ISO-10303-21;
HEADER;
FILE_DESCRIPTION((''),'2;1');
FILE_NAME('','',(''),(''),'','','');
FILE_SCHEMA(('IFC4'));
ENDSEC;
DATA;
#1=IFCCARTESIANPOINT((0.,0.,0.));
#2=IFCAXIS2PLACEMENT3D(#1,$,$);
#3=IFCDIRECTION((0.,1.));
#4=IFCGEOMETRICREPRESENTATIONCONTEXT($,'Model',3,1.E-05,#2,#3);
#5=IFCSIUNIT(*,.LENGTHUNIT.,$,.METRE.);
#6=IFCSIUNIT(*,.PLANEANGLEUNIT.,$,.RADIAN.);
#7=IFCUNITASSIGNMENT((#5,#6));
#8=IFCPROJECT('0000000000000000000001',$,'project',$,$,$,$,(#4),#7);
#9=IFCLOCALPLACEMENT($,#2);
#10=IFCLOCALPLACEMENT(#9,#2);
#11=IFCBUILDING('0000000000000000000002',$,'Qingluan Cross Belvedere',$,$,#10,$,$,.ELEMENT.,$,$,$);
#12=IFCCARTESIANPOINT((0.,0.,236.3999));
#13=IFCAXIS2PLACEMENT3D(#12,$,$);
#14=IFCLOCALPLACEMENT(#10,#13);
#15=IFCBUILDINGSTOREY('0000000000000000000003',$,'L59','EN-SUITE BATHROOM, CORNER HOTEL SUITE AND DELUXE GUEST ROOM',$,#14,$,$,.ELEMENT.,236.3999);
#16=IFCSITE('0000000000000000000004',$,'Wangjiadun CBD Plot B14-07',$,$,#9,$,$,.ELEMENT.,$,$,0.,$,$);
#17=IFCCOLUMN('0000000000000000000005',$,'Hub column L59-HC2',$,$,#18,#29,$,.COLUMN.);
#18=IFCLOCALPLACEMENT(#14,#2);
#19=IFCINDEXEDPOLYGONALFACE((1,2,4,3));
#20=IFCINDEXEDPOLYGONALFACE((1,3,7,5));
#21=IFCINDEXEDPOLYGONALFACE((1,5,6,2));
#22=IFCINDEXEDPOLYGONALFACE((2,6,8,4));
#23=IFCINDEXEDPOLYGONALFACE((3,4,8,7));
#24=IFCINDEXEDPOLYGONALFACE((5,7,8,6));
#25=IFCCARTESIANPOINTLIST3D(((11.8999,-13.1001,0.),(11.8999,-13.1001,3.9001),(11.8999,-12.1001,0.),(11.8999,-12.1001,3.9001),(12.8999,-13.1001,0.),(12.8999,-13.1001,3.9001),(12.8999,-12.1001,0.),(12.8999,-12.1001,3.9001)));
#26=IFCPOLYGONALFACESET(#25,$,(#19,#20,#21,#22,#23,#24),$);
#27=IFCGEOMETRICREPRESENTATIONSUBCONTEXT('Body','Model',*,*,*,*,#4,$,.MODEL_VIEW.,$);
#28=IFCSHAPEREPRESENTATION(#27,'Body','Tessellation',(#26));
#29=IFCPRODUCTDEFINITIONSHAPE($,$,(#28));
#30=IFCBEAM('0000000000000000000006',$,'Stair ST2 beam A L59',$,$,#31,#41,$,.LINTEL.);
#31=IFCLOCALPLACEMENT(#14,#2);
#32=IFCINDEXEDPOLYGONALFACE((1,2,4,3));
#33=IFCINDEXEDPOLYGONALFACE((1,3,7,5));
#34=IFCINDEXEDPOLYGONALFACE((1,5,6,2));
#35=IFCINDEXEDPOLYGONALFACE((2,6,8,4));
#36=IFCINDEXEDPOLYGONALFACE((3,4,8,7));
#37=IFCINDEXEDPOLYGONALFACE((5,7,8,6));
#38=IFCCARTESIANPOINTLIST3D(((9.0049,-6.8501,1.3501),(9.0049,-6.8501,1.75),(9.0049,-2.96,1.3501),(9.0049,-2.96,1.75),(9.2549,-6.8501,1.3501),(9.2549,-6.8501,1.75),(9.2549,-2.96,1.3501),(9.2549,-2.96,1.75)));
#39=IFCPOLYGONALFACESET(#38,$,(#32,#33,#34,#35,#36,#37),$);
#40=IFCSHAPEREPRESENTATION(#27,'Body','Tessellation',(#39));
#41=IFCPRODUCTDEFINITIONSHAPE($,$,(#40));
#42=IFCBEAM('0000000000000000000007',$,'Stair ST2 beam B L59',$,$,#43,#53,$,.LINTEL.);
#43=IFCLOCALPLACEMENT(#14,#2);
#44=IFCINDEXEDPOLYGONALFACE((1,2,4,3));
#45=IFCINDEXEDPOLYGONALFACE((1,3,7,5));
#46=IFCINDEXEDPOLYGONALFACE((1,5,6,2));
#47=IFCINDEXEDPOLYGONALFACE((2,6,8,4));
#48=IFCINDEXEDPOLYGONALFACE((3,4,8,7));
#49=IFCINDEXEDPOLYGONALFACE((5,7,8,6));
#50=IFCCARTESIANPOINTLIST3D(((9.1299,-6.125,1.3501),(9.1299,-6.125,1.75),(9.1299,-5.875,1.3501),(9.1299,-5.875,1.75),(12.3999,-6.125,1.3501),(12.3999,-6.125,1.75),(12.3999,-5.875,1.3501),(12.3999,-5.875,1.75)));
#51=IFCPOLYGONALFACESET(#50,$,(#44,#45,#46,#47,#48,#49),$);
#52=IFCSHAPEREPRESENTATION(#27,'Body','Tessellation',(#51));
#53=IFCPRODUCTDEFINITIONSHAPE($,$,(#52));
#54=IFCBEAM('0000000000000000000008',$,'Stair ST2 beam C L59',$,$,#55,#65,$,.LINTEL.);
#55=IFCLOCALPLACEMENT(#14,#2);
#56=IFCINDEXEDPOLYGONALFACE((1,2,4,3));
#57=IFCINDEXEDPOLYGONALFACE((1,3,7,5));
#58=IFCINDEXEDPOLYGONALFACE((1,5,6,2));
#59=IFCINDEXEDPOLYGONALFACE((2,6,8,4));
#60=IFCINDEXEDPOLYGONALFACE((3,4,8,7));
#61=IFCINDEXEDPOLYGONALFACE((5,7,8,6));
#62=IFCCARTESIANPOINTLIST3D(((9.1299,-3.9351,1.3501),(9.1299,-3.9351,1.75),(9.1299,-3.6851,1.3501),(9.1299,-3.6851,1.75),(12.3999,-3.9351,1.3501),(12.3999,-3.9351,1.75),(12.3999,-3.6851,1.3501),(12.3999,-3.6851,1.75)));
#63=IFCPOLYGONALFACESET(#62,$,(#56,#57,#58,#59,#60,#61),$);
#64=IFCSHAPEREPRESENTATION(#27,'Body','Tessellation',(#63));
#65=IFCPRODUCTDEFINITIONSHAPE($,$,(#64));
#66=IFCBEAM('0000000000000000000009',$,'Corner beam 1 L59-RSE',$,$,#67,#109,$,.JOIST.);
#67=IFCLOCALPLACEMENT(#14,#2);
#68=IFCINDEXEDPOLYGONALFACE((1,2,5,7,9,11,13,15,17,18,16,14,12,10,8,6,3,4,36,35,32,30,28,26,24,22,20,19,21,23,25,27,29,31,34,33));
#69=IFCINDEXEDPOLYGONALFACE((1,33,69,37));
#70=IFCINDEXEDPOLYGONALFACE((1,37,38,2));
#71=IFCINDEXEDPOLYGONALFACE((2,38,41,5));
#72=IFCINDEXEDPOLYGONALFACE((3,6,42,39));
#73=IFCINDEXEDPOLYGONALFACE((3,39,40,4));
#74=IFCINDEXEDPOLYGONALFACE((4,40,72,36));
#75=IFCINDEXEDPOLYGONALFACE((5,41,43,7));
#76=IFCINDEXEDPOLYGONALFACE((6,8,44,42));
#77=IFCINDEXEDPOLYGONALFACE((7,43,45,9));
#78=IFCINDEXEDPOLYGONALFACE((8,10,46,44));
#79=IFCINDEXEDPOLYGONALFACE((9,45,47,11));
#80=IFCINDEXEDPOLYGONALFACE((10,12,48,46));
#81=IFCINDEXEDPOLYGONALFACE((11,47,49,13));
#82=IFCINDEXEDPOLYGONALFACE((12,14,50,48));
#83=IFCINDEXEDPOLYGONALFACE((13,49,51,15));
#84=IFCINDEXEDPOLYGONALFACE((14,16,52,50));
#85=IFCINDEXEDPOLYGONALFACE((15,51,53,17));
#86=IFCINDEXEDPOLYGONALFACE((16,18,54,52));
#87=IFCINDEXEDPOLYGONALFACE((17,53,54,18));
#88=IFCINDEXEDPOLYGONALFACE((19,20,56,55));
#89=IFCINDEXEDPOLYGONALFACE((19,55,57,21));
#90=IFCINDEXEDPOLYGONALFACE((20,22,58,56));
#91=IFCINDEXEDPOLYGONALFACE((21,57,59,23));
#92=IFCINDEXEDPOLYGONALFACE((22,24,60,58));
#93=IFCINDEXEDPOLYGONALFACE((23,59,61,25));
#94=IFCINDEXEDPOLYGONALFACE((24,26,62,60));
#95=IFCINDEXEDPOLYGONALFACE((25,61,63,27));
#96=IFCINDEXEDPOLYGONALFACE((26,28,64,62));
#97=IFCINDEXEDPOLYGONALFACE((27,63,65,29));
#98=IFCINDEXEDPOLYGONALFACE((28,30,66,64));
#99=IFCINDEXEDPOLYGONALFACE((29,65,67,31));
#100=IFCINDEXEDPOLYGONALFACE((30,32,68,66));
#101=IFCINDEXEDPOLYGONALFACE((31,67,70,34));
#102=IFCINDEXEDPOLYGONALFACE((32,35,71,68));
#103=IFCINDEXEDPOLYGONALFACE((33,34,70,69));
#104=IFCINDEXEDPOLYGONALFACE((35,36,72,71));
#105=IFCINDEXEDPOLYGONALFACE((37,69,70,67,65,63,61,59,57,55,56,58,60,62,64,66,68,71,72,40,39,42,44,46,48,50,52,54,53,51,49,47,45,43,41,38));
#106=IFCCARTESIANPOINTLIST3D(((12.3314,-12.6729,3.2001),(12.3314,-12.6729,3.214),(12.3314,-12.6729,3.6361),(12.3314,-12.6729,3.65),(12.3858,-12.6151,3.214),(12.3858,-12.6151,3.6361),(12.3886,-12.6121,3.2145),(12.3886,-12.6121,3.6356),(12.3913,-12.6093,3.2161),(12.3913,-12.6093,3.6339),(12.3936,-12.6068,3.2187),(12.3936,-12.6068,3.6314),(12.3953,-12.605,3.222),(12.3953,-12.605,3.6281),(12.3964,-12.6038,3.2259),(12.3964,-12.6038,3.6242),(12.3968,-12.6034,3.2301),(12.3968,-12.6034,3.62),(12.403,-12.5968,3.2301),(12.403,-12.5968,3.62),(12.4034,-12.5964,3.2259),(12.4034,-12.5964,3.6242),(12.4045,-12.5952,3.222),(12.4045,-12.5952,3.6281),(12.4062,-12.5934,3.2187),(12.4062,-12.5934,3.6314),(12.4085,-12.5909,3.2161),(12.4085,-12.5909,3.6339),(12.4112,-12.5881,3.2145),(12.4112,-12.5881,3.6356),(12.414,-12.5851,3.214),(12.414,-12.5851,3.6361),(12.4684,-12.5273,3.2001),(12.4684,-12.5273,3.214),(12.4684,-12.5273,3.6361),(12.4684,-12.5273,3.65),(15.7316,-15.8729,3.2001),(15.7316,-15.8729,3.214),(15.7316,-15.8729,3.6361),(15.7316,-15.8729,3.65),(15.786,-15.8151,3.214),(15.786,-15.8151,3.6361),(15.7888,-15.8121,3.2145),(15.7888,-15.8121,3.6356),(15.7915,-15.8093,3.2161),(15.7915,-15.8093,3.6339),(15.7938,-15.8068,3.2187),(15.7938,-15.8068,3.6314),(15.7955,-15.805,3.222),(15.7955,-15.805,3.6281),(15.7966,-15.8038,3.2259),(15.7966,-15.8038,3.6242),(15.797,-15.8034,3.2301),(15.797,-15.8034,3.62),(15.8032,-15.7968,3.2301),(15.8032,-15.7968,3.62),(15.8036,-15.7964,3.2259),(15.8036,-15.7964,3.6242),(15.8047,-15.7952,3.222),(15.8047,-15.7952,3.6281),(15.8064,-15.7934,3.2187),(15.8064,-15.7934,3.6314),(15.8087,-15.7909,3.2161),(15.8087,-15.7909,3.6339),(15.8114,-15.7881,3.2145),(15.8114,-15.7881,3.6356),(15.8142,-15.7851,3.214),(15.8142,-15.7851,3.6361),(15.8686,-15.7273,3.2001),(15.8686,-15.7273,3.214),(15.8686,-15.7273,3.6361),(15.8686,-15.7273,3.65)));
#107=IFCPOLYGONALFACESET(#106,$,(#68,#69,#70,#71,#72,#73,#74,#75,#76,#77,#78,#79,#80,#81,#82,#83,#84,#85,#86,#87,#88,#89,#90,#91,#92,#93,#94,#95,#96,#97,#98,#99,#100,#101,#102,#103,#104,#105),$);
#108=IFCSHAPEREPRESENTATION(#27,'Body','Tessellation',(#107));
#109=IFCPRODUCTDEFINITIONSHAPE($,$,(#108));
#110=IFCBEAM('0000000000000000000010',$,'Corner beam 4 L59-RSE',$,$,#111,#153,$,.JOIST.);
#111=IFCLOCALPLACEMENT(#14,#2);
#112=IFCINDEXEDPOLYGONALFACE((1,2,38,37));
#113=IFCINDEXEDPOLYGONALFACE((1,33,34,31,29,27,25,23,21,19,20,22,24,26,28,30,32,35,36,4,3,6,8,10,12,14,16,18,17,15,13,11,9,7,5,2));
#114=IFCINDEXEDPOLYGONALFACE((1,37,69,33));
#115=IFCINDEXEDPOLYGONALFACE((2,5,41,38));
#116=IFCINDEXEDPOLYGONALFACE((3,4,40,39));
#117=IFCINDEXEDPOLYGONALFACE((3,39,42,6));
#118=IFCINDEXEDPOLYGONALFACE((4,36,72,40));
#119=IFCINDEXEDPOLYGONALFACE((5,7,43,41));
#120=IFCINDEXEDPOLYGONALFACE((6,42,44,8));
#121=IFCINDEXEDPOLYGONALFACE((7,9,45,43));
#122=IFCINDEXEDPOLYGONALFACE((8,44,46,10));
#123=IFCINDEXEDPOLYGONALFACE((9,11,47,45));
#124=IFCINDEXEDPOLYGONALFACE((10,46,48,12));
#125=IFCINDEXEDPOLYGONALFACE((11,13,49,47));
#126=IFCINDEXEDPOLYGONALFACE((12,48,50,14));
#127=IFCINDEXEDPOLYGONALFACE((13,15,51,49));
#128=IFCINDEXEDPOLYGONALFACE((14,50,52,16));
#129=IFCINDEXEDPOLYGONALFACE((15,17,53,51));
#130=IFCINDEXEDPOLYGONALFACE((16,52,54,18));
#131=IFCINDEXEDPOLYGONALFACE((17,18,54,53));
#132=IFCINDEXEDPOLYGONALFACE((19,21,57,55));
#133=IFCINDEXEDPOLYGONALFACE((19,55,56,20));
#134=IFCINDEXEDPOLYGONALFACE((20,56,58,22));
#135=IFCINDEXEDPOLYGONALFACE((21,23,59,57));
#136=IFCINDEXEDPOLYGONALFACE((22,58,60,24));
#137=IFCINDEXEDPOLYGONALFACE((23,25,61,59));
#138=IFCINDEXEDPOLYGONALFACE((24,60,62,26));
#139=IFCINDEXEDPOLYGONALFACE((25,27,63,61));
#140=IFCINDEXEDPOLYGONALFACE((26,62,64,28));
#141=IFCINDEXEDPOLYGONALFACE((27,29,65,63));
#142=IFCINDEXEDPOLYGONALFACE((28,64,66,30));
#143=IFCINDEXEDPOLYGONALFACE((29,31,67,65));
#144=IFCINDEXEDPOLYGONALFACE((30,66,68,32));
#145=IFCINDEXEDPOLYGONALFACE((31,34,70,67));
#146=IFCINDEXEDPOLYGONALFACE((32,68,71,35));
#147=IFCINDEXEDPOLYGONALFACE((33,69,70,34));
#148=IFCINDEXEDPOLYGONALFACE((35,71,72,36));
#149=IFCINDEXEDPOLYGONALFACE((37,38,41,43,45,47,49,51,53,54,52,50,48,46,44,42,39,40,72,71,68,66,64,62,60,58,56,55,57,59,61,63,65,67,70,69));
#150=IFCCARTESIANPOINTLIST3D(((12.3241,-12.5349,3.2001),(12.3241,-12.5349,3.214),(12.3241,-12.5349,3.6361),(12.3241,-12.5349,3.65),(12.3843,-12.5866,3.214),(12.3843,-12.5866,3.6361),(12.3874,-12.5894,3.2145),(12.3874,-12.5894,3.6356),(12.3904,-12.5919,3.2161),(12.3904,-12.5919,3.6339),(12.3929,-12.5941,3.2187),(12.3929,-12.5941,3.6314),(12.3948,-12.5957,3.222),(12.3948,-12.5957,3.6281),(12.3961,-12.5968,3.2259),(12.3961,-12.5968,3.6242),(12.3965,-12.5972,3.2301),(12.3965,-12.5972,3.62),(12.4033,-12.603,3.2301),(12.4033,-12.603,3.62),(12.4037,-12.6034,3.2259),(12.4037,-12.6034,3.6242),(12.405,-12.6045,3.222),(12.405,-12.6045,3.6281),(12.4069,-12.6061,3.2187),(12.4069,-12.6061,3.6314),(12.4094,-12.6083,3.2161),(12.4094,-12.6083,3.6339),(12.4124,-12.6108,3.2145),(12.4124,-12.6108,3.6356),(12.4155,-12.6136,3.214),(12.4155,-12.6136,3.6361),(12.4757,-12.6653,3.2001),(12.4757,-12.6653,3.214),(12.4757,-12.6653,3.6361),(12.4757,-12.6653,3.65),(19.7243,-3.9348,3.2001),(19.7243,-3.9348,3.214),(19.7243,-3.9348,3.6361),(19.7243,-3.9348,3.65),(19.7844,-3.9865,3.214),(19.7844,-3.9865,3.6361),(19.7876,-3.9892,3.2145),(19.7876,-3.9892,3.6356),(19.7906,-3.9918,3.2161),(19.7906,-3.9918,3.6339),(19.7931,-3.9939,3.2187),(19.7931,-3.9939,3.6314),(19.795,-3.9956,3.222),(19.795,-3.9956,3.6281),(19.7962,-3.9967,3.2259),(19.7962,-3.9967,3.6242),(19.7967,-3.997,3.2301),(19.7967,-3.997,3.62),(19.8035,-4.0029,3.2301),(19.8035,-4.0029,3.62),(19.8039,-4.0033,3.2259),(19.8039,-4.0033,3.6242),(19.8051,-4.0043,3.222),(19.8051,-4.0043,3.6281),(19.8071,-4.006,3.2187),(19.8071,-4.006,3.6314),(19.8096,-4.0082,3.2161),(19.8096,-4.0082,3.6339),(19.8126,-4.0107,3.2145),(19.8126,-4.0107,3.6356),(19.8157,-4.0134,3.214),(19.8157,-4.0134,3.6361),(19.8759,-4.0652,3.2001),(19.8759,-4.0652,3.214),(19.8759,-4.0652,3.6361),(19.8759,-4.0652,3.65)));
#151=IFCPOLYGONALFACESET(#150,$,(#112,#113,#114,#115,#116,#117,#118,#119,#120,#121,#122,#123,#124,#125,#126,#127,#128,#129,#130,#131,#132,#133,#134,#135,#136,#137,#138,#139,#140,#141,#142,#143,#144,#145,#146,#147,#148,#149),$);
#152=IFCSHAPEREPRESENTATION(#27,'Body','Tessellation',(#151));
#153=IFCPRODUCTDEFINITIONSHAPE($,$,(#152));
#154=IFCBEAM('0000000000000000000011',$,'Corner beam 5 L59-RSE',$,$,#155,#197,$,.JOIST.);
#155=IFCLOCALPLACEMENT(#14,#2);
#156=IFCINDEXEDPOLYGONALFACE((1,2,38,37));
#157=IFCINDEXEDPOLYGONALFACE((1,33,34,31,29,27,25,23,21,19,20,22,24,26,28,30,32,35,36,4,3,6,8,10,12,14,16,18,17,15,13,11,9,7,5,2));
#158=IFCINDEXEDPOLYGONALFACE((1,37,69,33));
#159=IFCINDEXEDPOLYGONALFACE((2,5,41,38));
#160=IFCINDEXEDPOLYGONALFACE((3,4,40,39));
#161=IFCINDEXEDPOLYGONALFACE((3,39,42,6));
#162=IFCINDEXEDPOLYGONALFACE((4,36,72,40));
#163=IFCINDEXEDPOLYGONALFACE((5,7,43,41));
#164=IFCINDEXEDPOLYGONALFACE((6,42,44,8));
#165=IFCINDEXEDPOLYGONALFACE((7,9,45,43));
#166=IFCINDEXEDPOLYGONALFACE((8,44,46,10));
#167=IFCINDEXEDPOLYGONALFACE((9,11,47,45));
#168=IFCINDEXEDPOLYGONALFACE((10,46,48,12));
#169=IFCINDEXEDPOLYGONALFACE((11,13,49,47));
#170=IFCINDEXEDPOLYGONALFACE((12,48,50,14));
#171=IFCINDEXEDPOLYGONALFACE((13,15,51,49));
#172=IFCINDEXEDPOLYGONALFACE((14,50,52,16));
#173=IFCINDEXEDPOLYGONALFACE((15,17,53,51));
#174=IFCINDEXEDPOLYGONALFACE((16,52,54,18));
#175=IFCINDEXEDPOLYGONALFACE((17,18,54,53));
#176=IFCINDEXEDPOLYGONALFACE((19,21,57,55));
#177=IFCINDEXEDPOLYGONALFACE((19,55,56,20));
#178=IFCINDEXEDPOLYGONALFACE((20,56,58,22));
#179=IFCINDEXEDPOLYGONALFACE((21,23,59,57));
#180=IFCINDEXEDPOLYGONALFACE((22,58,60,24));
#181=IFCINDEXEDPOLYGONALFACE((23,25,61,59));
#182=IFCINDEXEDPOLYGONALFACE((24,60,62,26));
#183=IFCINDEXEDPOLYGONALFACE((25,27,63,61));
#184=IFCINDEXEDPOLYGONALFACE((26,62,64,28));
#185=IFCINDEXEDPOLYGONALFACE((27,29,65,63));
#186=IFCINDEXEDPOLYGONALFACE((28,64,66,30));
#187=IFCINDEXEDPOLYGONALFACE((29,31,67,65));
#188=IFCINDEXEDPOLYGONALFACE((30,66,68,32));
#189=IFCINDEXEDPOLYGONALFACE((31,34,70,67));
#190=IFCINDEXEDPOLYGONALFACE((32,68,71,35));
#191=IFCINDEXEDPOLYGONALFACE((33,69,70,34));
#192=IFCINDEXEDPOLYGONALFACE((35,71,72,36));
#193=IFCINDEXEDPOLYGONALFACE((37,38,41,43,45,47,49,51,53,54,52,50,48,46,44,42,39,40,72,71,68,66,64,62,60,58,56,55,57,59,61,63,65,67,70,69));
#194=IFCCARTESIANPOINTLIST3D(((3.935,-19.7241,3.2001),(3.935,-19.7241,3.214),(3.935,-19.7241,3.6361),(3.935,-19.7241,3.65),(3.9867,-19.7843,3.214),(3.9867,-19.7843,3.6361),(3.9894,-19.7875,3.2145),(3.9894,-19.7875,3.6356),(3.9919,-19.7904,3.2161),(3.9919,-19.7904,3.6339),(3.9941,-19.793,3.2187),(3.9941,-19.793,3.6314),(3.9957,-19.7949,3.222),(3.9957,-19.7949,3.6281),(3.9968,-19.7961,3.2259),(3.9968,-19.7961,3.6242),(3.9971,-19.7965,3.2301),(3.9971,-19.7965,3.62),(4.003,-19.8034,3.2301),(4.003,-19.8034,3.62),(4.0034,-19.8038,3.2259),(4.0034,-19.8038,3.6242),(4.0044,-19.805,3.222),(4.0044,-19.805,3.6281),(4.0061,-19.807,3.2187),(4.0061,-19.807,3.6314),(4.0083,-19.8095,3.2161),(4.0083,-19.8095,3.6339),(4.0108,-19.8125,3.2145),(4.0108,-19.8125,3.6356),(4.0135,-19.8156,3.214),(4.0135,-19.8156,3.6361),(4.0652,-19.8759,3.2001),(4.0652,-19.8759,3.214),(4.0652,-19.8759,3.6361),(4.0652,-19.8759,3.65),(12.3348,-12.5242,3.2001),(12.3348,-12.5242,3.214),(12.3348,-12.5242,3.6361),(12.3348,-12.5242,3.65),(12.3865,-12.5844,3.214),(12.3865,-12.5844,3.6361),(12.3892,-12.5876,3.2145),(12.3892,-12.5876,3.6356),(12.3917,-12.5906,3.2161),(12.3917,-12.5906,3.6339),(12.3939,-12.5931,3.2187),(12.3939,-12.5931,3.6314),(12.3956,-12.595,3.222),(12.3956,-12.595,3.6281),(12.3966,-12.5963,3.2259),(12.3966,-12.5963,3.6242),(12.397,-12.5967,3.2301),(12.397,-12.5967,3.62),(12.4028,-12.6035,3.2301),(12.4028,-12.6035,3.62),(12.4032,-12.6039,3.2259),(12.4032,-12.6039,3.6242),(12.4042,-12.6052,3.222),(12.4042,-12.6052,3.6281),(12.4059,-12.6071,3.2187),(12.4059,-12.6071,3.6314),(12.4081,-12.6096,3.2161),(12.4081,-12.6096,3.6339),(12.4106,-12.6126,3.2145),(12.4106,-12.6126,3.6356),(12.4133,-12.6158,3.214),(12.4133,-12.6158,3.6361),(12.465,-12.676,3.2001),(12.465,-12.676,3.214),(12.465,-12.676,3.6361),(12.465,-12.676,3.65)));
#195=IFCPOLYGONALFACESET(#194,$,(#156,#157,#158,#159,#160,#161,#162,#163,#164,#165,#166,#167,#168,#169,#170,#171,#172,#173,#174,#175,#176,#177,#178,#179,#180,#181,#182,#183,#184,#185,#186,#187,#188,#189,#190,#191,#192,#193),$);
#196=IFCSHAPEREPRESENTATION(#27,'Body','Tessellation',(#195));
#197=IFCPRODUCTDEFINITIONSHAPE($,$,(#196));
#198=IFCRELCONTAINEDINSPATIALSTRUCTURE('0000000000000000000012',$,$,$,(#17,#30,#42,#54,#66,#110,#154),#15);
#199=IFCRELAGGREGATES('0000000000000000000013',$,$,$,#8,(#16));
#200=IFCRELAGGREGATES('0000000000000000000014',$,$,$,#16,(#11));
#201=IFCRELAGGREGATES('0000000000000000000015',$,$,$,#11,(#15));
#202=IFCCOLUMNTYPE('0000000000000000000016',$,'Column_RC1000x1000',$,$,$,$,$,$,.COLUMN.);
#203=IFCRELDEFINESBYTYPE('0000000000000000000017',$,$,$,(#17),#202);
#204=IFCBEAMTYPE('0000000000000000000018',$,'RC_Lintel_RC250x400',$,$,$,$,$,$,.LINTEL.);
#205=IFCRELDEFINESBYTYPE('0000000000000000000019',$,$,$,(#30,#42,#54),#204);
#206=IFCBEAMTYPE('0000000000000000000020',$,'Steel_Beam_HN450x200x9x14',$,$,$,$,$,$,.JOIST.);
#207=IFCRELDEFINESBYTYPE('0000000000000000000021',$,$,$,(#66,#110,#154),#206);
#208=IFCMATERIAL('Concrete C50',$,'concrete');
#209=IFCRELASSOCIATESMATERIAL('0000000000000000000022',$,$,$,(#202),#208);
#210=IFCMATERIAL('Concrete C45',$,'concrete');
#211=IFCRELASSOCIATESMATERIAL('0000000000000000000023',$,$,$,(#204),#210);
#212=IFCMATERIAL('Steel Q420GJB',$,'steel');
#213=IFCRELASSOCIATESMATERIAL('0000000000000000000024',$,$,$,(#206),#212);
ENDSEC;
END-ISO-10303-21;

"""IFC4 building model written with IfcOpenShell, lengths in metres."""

from ifc_helpers import new_model, si_unit, direction, frame, origin, origin_2d, place, context, subcontext, project, spatial, rectangle, i_section, extrude, material, material_profile, profile_set, type_object, element, save


model = new_model("IFC4")

# Units and contexts
model_context = context("Model", 3, precision=1e-05, world=origin(), true_north=direction((0.0, 1.0)))
body_context = subcontext(model_context, "Body", "Model", "MODEL_VIEW")
ifc_project = project(units=[si_unit("LENGTHUNIT", "METRE"), si_unit("PLANEANGLEUNIT", "RADIAN")], contexts=[model_context])

# Site, building, storey
site_placement = place(None, origin())
site = spatial("IfcSite", under=ifc_project, at=site_placement, Name="Wangjiadun CBD Plot B14-07", CompositionType="ELEMENT", RefElevation=0.0)
building_placement = place(site_placement, origin())
building = spatial("IfcBuilding", under=site, at=building_placement, Name="Qingluan Cross Belvedere", CompositionType="ELEMENT")
storey_placement = place(building_placement, frame((0.0, 0.0, 236.3999)))
storey = spatial("IfcBuildingStorey", under=building, at=storey_placement, Name="L59", Description="EN-SUITE BATHROOM, CORNER HOTEL SUITE AND DELUXE GUEST ROOM", CompositionType="ELEMENT", Elevation=236.3999)

# Column
ifc_material_1 = material(Name="Concrete C50", Category="concrete")
ifc_material_profile_1 = material_profile(ifc_material_1, rectangle(XDim=1.0, YDim=1.0, at=origin_2d()), Name="RC1000x1000")
ifc_profile_set_1 = profile_set([ifc_material_profile_1], Name="Concrete C50")
column_type = type_object("IfcColumnType", Name="Column_RC1000x1000", PredefinedType="COLUMN", material=ifc_profile_set_1)
column_placement = place(storey_placement, frame((12.3999, -12.6001, 0.0), z_axis=(0.0, 0.0, 1.0), x_axis=(1.0, 0.0, 0.0)))
element("IfcColumn", 1, at=column_placement, inside=storey, type_object=column_type, Name="Hub column L59-HC2", PredefinedType="COLUMN", context=body_context, shape_type="SweptSolid", body=[
    extrude(rectangle(XDim=1.0, YDim=1.0, at=origin_2d()), origin(), (0.0, 0.0, 1.0), 3.9001),
])

# Beams
ifc_material_2 = material(Name="Concrete C45", Category="concrete")
ifc_material_profile_2 = material_profile(ifc_material_2, rectangle(XDim=0.25, YDim=0.3999, at=origin_2d()), Name="RC250x400")
ifc_profile_set_2 = profile_set([ifc_material_profile_2], Name="Concrete C45")
beam_type_1 = type_object("IfcBeamType", Name="RC_Lintel_RC250x400", PredefinedType="LINTEL", material=ifc_profile_set_2)
beam_1_placement = place(storey_placement, frame((9.1299, -6.8501, 1.55), z_axis=(0.0, 1.0, 0.0), x_axis=(-1.0, 0.0, 0.0)))
element("IfcBeam", 2, at=beam_1_placement, inside=storey, type_object=beam_type_1, Name="Stair ST2 beam A L59", PredefinedType="LINTEL", context=body_context, shape_type="SweptSolid", body=[
    extrude(rectangle(XDim=0.25, YDim=0.3999, at=origin_2d()), origin(), (0.0, 0.0, 1.0), 3.8901),
])
for number, where, z_axis, x_axis, name in (
    (3, (12.3999, -6.0, 1.55), (-1.0, 0.0, 0.0), (0.0, -1.0, 0.0), "Stair ST2 beam B L59"),
    (4, (12.3999, -3.8101, 1.55), (-1.0, 0.0, 0.0), (0.0, -1.0, 0.0), "Stair ST2 beam C L59"),
):
    element("IfcBeam", number, at=place(storey_placement, frame(where, z_axis=z_axis, x_axis=x_axis)), inside=storey, type_object=beam_type_1, Name=name, PredefinedType="LINTEL", context=body_context, shape_type="SweptSolid", body=[
        extrude(rectangle(XDim=0.25, YDim=0.3999, at=origin_2d()), origin(), (0.0, 0.0, 1.0), 3.27),
    ])
ifc_material_3 = material(Name="Steel Q420GJB", Category="steel")
ifc_material_profile_3 = material_profile(ifc_material_3, i_section(OverallWidth=0.2, OverallDepth=0.45, WebThickness=0.009, FlangeThickness=0.0139, FilletRadius=0.0161, at=origin_2d()), Name="HN450x200x9x14")
ifc_profile_set_3 = profile_set([ifc_material_profile_3], Name="Steel Q420GJB")
beam_type_2 = type_object("IfcBeamType", Name="Steel_Beam_HN450x200x9x14", PredefinedType="JOIST", material=ifc_profile_set_3)
beam_2_placement = place(storey_placement, frame((12.3999, -12.6001, 3.425), z_axis=(0.72822, -0.685343, 0.0), x_axis=(0.685343, 0.72822, 0.0)))
element("IfcBeam", 5, at=beam_2_placement, inside=storey, type_object=beam_type_2, Name="Corner beam 1 L59-RSE", PredefinedType="JOIST", context=body_context, shape_type="SweptSolid", body=[
    extrude(i_section(OverallWidth=0.2, OverallDepth=0.45, WebThickness=0.009, FlangeThickness=0.0139, FilletRadius=0.0161, at=origin_2d()), origin(), (0.0, 0.0, 1.0), 4.6692),
])
beam_3_placement = place(storey_placement, frame((12.3999, -12.6001, 3.425), z_axis=(0.652245, 0.758008, 0.0), x_axis=(-0.758008, 0.652245, 0.0)))
element("IfcBeam", 6, at=beam_3_placement, inside=storey, type_object=beam_type_2, Name="Corner beam 4 L59-RSE", PredefinedType="JOIST", context=body_context, shape_type="SweptSolid", body=[
    extrude(i_section(OverallWidth=0.2, OverallDepth=0.45, WebThickness=0.009, FlangeThickness=0.0139, FilletRadius=0.0161, at=origin_2d()), origin(), (0.0, 0.0, 1.0), 11.3457),
])
beam_4_placement = place(storey_placement, frame((12.3999, -12.6001, 3.425), z_axis=(-0.759255, -0.650793, 0.0), x_axis=(0.650793, -0.759255, 0.0)))
element("IfcBeam", 7, at=beam_4_placement, inside=storey, type_object=beam_type_2, Name="Corner beam 5 L59-RSE", PredefinedType="JOIST", context=body_context, shape_type="SweptSolid", body=[
    extrude(i_section(OverallWidth=0.2, OverallDepth=0.45, WebThickness=0.009, FlangeThickness=0.0139, FilletRadius=0.0161, at=origin_2d()), origin(), (0.0, 0.0, 1.0), 11.0632),
])

save(model, "model.ifc")
